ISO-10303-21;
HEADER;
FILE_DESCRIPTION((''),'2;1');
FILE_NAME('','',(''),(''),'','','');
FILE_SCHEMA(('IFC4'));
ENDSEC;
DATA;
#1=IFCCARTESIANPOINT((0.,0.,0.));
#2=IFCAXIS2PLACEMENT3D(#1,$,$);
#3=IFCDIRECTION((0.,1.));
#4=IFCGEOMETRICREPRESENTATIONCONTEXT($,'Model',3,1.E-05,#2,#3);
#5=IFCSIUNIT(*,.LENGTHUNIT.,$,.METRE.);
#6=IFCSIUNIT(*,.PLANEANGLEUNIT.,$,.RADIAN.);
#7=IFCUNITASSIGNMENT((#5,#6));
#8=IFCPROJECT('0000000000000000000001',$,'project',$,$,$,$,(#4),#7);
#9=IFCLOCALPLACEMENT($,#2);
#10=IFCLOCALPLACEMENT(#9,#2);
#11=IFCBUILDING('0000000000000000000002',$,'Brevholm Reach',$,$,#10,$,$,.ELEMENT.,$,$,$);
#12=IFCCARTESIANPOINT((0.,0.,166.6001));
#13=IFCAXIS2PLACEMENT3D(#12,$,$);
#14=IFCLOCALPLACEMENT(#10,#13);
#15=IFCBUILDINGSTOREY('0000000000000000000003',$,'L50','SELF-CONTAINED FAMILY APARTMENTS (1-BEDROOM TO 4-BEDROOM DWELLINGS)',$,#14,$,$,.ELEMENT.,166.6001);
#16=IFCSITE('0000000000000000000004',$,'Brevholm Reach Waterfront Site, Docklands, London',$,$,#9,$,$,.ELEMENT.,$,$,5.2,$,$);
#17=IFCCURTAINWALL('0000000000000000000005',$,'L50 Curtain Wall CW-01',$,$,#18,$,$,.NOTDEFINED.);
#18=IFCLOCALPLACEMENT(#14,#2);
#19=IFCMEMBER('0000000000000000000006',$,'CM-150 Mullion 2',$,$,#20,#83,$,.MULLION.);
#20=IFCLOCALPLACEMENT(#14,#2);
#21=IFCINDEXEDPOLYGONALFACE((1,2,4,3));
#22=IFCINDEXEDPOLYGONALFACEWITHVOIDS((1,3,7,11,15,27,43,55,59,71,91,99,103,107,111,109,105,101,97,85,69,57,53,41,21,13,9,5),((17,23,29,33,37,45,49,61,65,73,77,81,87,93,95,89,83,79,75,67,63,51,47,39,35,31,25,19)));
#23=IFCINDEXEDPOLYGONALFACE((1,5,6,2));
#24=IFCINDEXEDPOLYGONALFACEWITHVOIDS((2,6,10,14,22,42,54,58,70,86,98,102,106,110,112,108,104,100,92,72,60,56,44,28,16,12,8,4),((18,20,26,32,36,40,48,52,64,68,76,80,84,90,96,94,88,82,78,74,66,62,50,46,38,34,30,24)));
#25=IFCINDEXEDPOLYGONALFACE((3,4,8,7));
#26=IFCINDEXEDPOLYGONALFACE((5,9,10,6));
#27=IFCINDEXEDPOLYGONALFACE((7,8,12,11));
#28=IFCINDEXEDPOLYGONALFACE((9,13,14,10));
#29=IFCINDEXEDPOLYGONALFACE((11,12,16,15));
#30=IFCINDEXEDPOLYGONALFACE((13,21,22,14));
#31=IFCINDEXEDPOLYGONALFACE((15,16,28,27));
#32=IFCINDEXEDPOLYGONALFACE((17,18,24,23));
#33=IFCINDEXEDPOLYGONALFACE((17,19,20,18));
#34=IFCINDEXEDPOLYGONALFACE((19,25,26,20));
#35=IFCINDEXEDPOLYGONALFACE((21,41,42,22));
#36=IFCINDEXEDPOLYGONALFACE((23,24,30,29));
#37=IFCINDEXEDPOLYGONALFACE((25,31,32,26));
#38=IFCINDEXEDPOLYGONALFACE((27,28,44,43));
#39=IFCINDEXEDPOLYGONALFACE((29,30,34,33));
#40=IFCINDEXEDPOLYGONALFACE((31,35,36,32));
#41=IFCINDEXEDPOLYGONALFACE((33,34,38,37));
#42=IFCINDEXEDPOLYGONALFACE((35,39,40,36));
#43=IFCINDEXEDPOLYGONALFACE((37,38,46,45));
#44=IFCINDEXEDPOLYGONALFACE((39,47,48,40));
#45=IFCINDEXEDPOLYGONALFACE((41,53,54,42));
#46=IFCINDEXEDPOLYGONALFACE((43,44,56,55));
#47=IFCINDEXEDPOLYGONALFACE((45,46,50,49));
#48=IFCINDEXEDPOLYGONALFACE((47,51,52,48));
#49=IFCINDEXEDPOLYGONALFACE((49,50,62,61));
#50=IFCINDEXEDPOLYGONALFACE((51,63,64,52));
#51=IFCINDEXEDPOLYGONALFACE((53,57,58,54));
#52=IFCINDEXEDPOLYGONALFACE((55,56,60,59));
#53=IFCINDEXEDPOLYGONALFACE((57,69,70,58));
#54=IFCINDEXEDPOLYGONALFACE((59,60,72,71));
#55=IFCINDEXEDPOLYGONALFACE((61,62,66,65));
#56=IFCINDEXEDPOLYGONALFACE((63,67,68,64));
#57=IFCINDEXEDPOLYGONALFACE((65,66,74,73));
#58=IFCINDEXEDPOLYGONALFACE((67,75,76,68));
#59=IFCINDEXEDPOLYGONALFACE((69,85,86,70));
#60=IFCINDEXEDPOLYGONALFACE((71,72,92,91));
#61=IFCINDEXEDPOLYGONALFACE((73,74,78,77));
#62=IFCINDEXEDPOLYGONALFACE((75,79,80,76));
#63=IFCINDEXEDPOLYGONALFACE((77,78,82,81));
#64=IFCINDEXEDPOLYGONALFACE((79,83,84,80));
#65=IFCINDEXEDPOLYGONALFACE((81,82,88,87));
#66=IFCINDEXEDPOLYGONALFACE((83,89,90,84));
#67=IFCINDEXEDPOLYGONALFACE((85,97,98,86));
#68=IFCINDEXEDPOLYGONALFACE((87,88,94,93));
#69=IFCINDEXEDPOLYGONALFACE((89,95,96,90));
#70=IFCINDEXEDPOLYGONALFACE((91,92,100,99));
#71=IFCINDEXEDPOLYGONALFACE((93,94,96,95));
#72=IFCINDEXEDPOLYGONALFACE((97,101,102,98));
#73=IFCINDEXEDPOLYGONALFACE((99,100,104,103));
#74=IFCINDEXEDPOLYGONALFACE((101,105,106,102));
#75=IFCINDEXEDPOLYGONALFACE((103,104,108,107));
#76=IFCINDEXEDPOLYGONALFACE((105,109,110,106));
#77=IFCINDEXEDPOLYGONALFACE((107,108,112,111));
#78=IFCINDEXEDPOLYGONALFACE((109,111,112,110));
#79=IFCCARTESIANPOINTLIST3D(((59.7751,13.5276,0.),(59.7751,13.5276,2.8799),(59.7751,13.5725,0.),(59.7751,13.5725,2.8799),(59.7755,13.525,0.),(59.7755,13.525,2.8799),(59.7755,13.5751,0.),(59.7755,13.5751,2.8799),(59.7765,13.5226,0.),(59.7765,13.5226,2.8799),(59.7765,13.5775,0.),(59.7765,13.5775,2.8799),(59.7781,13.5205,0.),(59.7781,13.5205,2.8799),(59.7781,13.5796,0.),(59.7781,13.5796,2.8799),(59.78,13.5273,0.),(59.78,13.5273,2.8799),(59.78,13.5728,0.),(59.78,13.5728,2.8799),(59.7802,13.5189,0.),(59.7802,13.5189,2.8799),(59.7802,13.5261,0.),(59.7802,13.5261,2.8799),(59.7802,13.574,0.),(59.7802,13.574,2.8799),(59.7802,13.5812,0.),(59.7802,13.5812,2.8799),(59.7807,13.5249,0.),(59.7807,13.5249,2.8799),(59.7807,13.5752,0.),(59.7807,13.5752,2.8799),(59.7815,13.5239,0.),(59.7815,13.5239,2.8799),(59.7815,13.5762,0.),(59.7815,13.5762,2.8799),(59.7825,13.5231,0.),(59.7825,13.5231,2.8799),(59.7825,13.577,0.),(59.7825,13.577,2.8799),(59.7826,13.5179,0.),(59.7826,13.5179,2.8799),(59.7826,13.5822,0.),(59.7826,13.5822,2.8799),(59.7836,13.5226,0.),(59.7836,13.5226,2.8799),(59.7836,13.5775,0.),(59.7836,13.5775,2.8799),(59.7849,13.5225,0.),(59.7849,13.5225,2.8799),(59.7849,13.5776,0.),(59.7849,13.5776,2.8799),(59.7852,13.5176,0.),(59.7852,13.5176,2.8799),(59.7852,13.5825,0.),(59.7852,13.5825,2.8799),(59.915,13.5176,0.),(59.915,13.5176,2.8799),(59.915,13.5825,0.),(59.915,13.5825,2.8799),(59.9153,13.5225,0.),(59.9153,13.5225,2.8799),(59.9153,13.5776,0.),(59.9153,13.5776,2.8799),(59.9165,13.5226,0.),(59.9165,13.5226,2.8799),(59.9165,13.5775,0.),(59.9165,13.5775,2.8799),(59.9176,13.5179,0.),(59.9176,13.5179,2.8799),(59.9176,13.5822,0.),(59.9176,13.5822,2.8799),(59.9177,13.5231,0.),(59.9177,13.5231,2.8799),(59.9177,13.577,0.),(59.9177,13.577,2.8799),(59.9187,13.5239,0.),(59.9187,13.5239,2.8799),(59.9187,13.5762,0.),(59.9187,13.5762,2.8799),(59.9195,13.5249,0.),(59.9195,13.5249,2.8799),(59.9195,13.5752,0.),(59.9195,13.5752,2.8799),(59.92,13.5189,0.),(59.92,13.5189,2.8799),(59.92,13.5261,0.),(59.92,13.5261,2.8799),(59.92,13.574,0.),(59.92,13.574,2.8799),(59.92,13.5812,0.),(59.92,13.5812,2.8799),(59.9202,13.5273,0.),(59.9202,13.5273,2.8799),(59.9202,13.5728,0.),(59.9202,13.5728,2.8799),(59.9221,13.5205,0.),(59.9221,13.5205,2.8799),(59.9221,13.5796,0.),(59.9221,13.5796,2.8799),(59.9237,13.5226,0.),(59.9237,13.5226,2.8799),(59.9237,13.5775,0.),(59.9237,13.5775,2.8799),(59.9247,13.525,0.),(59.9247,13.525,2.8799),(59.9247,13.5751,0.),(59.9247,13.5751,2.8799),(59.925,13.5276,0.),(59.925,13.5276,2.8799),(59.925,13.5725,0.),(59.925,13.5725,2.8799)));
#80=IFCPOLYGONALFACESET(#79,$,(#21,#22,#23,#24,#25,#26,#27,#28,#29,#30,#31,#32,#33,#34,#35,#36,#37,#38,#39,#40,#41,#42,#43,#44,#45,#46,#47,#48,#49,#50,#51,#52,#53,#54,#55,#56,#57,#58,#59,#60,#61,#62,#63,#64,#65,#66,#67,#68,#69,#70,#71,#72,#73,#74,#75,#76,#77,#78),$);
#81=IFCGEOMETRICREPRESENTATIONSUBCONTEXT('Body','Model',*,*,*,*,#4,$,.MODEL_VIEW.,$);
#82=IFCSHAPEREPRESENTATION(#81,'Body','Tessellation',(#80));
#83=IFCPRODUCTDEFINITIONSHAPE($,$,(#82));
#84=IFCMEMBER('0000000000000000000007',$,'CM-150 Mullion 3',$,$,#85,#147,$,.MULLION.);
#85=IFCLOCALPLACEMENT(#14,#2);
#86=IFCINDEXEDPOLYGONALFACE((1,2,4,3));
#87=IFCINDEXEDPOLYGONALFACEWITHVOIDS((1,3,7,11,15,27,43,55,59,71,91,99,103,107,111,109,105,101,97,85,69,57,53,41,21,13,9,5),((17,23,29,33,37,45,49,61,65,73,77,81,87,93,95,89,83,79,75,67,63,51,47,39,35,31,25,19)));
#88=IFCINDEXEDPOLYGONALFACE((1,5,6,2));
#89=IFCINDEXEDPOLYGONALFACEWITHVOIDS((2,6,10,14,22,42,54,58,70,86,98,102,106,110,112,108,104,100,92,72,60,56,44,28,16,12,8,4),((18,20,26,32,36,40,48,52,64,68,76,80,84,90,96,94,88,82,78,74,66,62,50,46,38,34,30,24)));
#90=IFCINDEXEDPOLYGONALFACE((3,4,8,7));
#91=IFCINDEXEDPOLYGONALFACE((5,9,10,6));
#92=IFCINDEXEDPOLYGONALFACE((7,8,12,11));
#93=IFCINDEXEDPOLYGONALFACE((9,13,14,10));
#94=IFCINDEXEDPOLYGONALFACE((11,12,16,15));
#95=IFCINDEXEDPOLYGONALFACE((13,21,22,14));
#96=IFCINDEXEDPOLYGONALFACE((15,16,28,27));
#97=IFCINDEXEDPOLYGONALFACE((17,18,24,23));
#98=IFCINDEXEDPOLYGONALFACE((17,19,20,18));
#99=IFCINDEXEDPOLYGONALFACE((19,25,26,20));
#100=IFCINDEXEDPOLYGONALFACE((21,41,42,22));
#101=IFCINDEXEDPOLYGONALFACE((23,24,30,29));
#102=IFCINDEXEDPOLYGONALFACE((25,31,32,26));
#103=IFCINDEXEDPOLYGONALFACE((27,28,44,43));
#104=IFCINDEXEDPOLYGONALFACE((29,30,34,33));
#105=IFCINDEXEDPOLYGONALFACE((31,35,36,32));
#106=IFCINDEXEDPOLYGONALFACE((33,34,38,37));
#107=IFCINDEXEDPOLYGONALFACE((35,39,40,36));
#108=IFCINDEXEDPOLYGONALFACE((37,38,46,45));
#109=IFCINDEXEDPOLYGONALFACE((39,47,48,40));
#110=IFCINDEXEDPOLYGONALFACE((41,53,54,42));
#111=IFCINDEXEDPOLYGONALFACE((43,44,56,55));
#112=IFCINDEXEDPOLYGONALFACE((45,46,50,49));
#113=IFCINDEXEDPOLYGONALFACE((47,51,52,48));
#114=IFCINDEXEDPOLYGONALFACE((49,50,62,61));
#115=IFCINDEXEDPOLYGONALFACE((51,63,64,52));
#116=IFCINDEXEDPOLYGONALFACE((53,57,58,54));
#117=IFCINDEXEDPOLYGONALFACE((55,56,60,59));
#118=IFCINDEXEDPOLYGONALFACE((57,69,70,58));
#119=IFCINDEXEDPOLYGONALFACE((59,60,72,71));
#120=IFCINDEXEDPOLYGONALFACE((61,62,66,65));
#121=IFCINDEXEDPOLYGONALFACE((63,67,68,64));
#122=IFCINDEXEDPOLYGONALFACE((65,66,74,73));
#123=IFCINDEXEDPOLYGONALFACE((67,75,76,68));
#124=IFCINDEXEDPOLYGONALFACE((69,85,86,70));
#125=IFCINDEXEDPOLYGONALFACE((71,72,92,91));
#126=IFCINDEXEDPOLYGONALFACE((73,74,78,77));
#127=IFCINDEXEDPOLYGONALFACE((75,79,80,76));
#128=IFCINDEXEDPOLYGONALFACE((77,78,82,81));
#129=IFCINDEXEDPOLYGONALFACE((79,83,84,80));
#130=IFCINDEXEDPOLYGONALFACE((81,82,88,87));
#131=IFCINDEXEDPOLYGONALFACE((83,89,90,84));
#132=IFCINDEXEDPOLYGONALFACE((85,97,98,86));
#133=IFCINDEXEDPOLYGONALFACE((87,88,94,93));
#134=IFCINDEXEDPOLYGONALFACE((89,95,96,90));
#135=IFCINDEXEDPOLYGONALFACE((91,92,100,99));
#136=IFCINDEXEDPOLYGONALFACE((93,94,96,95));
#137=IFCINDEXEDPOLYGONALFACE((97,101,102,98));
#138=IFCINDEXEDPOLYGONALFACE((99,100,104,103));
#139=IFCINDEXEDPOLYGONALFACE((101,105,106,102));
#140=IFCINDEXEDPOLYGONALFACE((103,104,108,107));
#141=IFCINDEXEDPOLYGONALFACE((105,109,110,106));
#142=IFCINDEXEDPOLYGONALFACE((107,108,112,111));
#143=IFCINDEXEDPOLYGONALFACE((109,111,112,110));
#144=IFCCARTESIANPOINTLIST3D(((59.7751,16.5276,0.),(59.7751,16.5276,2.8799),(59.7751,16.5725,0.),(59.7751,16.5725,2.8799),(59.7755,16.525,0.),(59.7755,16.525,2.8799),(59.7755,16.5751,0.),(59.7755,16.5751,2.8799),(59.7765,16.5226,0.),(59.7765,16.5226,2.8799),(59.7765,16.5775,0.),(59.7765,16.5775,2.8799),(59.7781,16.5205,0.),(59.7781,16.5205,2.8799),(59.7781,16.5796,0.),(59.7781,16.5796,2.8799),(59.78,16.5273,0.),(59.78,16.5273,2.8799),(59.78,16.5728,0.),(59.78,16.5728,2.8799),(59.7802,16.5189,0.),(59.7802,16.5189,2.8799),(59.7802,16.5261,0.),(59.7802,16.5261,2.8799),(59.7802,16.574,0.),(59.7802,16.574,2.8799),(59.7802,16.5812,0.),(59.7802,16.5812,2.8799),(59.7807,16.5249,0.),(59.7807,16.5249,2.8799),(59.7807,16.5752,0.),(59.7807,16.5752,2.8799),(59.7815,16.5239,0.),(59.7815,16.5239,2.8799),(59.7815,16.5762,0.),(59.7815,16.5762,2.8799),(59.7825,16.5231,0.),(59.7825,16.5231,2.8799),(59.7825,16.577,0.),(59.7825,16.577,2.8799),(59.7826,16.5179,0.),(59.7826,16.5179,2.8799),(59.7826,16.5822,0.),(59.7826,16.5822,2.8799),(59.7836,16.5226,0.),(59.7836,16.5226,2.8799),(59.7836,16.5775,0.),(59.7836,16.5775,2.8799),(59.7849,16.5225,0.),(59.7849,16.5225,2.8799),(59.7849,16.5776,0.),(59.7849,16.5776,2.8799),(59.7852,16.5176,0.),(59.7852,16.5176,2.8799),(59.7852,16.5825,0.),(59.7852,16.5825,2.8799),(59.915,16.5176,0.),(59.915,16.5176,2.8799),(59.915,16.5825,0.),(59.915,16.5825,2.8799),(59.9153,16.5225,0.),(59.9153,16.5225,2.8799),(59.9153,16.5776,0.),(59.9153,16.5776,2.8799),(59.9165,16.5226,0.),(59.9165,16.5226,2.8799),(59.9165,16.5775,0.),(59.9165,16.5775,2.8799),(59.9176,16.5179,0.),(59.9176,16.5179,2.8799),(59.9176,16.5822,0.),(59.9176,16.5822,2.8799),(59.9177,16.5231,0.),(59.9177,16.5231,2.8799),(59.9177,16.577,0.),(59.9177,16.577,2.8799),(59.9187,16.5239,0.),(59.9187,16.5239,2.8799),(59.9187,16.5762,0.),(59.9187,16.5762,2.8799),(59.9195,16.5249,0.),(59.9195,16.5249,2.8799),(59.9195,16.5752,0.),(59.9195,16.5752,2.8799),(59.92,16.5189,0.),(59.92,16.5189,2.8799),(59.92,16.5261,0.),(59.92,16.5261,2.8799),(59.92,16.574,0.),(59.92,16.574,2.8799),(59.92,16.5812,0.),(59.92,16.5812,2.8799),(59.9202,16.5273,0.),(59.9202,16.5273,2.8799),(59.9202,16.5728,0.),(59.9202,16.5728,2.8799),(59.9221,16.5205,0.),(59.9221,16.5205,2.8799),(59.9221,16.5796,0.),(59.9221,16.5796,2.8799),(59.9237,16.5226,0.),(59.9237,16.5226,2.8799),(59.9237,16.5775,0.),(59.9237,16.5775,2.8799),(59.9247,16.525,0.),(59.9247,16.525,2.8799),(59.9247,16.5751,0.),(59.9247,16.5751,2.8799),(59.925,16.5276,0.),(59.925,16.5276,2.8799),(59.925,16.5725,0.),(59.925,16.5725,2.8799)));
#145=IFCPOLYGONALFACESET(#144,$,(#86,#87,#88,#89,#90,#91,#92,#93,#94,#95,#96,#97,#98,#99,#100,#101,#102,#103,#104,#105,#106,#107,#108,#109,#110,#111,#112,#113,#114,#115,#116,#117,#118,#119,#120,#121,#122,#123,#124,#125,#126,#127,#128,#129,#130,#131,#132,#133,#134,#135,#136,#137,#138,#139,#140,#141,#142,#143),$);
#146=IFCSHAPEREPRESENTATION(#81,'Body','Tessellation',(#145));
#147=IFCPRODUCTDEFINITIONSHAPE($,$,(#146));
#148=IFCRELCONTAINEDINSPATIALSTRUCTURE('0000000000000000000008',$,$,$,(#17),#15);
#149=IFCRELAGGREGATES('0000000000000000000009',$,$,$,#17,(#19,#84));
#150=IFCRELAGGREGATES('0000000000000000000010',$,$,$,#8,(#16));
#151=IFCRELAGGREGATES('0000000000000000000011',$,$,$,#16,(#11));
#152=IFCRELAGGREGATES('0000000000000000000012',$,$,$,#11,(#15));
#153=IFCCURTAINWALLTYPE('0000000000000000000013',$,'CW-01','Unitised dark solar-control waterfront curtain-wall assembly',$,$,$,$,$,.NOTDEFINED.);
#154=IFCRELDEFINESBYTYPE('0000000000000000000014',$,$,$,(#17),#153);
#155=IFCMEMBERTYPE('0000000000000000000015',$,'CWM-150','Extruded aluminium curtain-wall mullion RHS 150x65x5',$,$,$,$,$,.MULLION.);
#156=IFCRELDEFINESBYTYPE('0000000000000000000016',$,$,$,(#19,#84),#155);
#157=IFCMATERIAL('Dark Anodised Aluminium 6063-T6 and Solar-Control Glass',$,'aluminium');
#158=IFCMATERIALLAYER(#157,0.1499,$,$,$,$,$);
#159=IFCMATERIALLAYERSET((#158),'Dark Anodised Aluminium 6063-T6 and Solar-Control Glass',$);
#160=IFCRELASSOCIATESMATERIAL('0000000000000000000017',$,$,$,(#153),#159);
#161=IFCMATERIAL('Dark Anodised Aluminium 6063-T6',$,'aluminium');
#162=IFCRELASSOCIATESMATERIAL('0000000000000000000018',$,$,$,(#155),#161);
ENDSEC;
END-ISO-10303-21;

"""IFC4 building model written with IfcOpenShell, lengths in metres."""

from ifc_helpers import new_model, si_unit, direction, frame, origin, origin_2d, place, context, subcontext, project, spatial, hollow_rectangle, extrude, material, layer, layer_set, material_profile, profile_set, type_object, element, aggregate, save


model = new_model("IFC4")

# Units and contexts
model_context = context("Model", 3, precision=1e-05, world=origin(), true_north=direction((0.0, 1.0)))
body_context = subcontext(model_context, "Body", "Model", "MODEL_VIEW")
ifc_project = project(units=[si_unit("LENGTHUNIT", "METRE"), si_unit("PLANEANGLEUNIT", "RADIAN")], contexts=[model_context])

# Site, building, storey
site_placement = place(None, origin())
site = spatial("IfcSite", under=ifc_project, at=site_placement, Name="Brevholm Reach Waterfront Site, Docklands, London", CompositionType="ELEMENT", RefElevation=5.2)
building_placement = place(site_placement, origin())
building = spatial("IfcBuilding", under=site, at=building_placement, Name="Brevholm Reach", CompositionType="ELEMENT")
storey_placement = place(building_placement, frame((0.0, 0.0, 166.6001)))
storey = spatial("IfcBuildingStorey", under=building, at=storey_placement, Name="L50", Description="SELF-CONTAINED FAMILY APARTMENTS (1-BEDROOM TO 4-BEDROOM DWELLINGS)", CompositionType="ELEMENT", Elevation=166.6001)

# Curtain wall, members
ifc_material_1 = material(Name="Dark Anodised Aluminium 6063-T6 and Solar-Control Glass", Category="aluminium")
ifc_layer_1 = layer(ifc_material_1, 0.1499)
ifc_layer_set_1 = layer_set([ifc_layer_1], Name="Dark Anodised Aluminium 6063-T6 and Solar-Control Glass")
curtain_wall_type = type_object("IfcCurtainWallType", Name="CW-01", Description="Unitised dark solar-control waterfront curtain-wall assembly", PredefinedType="NOTDEFINED", material=ifc_layer_set_1)
curtain_wall_placement = place(storey_placement, origin())
curtain_wall = element("IfcCurtainWall", 1, at=curtain_wall_placement, inside=storey, type_object=curtain_wall_type, Name="L50 Curtain Wall CW-01", PredefinedType="NOTDEFINED")
ifc_material_2 = material(Name="Dark Anodised Aluminium 6063-T6", Category="aluminium")
ifc_material_profile_1 = material_profile(ifc_material_2, hollow_rectangle(XDim=0.0649, YDim=0.1499, WallThickness=0.0049, InnerFilletRadius=0.0049, OuterFilletRadius=0.01, at=origin_2d()), Name="RHS 150x65x5")
ifc_profile_set_1 = profile_set([ifc_material_profile_1], Name="Dark Anodised Aluminium 6063-T6")
member_type_1 = type_object("IfcMemberType", Name="CWM-150", Description="Extruded aluminium curtain-wall mullion RHS 150x65x5", PredefinedType="MULLION", material=ifc_profile_set_1)
member_1_placement = place(storey_placement, frame((59.8501, 13.55, 0.0), z_axis=(0.0, 0.0, 1.0), x_axis=(0.0, 1.0, 0.0)))
member_1 = element("IfcMember", 2, at=member_1_placement, type_object=member_type_1, Name="CM-150 Mullion 2", PredefinedType="MULLION", context=body_context, shape_type="SweptSolid", body=[
    extrude(hollow_rectangle(XDim=0.0649, YDim=0.1499, WallThickness=0.0049, InnerFilletRadius=0.0049, OuterFilletRadius=0.01, at=origin_2d()), origin(), (0.0, 0.0, 1.0), 2.8799),
])
member_2_placement = place(storey_placement, frame((59.8501, 16.55, 0.0), z_axis=(0.0, 0.0, 1.0), x_axis=(0.0, 1.0, 0.0)))
member_2 = element("IfcMember", 3, at=member_2_placement, type_object=member_type_1, Name="CM-150 Mullion 3", PredefinedType="MULLION", context=body_context, shape_type="SweptSolid", body=[
    extrude(hollow_rectangle(XDim=0.0649, YDim=0.1499, WallThickness=0.0049, InnerFilletRadius=0.0049, OuterFilletRadius=0.01, at=origin_2d()), origin(), (0.0, 0.0, 1.0), 2.8799),
])
aggregate(curtain_wall, [member_1, member_2])

save(model, "model.ifc")
